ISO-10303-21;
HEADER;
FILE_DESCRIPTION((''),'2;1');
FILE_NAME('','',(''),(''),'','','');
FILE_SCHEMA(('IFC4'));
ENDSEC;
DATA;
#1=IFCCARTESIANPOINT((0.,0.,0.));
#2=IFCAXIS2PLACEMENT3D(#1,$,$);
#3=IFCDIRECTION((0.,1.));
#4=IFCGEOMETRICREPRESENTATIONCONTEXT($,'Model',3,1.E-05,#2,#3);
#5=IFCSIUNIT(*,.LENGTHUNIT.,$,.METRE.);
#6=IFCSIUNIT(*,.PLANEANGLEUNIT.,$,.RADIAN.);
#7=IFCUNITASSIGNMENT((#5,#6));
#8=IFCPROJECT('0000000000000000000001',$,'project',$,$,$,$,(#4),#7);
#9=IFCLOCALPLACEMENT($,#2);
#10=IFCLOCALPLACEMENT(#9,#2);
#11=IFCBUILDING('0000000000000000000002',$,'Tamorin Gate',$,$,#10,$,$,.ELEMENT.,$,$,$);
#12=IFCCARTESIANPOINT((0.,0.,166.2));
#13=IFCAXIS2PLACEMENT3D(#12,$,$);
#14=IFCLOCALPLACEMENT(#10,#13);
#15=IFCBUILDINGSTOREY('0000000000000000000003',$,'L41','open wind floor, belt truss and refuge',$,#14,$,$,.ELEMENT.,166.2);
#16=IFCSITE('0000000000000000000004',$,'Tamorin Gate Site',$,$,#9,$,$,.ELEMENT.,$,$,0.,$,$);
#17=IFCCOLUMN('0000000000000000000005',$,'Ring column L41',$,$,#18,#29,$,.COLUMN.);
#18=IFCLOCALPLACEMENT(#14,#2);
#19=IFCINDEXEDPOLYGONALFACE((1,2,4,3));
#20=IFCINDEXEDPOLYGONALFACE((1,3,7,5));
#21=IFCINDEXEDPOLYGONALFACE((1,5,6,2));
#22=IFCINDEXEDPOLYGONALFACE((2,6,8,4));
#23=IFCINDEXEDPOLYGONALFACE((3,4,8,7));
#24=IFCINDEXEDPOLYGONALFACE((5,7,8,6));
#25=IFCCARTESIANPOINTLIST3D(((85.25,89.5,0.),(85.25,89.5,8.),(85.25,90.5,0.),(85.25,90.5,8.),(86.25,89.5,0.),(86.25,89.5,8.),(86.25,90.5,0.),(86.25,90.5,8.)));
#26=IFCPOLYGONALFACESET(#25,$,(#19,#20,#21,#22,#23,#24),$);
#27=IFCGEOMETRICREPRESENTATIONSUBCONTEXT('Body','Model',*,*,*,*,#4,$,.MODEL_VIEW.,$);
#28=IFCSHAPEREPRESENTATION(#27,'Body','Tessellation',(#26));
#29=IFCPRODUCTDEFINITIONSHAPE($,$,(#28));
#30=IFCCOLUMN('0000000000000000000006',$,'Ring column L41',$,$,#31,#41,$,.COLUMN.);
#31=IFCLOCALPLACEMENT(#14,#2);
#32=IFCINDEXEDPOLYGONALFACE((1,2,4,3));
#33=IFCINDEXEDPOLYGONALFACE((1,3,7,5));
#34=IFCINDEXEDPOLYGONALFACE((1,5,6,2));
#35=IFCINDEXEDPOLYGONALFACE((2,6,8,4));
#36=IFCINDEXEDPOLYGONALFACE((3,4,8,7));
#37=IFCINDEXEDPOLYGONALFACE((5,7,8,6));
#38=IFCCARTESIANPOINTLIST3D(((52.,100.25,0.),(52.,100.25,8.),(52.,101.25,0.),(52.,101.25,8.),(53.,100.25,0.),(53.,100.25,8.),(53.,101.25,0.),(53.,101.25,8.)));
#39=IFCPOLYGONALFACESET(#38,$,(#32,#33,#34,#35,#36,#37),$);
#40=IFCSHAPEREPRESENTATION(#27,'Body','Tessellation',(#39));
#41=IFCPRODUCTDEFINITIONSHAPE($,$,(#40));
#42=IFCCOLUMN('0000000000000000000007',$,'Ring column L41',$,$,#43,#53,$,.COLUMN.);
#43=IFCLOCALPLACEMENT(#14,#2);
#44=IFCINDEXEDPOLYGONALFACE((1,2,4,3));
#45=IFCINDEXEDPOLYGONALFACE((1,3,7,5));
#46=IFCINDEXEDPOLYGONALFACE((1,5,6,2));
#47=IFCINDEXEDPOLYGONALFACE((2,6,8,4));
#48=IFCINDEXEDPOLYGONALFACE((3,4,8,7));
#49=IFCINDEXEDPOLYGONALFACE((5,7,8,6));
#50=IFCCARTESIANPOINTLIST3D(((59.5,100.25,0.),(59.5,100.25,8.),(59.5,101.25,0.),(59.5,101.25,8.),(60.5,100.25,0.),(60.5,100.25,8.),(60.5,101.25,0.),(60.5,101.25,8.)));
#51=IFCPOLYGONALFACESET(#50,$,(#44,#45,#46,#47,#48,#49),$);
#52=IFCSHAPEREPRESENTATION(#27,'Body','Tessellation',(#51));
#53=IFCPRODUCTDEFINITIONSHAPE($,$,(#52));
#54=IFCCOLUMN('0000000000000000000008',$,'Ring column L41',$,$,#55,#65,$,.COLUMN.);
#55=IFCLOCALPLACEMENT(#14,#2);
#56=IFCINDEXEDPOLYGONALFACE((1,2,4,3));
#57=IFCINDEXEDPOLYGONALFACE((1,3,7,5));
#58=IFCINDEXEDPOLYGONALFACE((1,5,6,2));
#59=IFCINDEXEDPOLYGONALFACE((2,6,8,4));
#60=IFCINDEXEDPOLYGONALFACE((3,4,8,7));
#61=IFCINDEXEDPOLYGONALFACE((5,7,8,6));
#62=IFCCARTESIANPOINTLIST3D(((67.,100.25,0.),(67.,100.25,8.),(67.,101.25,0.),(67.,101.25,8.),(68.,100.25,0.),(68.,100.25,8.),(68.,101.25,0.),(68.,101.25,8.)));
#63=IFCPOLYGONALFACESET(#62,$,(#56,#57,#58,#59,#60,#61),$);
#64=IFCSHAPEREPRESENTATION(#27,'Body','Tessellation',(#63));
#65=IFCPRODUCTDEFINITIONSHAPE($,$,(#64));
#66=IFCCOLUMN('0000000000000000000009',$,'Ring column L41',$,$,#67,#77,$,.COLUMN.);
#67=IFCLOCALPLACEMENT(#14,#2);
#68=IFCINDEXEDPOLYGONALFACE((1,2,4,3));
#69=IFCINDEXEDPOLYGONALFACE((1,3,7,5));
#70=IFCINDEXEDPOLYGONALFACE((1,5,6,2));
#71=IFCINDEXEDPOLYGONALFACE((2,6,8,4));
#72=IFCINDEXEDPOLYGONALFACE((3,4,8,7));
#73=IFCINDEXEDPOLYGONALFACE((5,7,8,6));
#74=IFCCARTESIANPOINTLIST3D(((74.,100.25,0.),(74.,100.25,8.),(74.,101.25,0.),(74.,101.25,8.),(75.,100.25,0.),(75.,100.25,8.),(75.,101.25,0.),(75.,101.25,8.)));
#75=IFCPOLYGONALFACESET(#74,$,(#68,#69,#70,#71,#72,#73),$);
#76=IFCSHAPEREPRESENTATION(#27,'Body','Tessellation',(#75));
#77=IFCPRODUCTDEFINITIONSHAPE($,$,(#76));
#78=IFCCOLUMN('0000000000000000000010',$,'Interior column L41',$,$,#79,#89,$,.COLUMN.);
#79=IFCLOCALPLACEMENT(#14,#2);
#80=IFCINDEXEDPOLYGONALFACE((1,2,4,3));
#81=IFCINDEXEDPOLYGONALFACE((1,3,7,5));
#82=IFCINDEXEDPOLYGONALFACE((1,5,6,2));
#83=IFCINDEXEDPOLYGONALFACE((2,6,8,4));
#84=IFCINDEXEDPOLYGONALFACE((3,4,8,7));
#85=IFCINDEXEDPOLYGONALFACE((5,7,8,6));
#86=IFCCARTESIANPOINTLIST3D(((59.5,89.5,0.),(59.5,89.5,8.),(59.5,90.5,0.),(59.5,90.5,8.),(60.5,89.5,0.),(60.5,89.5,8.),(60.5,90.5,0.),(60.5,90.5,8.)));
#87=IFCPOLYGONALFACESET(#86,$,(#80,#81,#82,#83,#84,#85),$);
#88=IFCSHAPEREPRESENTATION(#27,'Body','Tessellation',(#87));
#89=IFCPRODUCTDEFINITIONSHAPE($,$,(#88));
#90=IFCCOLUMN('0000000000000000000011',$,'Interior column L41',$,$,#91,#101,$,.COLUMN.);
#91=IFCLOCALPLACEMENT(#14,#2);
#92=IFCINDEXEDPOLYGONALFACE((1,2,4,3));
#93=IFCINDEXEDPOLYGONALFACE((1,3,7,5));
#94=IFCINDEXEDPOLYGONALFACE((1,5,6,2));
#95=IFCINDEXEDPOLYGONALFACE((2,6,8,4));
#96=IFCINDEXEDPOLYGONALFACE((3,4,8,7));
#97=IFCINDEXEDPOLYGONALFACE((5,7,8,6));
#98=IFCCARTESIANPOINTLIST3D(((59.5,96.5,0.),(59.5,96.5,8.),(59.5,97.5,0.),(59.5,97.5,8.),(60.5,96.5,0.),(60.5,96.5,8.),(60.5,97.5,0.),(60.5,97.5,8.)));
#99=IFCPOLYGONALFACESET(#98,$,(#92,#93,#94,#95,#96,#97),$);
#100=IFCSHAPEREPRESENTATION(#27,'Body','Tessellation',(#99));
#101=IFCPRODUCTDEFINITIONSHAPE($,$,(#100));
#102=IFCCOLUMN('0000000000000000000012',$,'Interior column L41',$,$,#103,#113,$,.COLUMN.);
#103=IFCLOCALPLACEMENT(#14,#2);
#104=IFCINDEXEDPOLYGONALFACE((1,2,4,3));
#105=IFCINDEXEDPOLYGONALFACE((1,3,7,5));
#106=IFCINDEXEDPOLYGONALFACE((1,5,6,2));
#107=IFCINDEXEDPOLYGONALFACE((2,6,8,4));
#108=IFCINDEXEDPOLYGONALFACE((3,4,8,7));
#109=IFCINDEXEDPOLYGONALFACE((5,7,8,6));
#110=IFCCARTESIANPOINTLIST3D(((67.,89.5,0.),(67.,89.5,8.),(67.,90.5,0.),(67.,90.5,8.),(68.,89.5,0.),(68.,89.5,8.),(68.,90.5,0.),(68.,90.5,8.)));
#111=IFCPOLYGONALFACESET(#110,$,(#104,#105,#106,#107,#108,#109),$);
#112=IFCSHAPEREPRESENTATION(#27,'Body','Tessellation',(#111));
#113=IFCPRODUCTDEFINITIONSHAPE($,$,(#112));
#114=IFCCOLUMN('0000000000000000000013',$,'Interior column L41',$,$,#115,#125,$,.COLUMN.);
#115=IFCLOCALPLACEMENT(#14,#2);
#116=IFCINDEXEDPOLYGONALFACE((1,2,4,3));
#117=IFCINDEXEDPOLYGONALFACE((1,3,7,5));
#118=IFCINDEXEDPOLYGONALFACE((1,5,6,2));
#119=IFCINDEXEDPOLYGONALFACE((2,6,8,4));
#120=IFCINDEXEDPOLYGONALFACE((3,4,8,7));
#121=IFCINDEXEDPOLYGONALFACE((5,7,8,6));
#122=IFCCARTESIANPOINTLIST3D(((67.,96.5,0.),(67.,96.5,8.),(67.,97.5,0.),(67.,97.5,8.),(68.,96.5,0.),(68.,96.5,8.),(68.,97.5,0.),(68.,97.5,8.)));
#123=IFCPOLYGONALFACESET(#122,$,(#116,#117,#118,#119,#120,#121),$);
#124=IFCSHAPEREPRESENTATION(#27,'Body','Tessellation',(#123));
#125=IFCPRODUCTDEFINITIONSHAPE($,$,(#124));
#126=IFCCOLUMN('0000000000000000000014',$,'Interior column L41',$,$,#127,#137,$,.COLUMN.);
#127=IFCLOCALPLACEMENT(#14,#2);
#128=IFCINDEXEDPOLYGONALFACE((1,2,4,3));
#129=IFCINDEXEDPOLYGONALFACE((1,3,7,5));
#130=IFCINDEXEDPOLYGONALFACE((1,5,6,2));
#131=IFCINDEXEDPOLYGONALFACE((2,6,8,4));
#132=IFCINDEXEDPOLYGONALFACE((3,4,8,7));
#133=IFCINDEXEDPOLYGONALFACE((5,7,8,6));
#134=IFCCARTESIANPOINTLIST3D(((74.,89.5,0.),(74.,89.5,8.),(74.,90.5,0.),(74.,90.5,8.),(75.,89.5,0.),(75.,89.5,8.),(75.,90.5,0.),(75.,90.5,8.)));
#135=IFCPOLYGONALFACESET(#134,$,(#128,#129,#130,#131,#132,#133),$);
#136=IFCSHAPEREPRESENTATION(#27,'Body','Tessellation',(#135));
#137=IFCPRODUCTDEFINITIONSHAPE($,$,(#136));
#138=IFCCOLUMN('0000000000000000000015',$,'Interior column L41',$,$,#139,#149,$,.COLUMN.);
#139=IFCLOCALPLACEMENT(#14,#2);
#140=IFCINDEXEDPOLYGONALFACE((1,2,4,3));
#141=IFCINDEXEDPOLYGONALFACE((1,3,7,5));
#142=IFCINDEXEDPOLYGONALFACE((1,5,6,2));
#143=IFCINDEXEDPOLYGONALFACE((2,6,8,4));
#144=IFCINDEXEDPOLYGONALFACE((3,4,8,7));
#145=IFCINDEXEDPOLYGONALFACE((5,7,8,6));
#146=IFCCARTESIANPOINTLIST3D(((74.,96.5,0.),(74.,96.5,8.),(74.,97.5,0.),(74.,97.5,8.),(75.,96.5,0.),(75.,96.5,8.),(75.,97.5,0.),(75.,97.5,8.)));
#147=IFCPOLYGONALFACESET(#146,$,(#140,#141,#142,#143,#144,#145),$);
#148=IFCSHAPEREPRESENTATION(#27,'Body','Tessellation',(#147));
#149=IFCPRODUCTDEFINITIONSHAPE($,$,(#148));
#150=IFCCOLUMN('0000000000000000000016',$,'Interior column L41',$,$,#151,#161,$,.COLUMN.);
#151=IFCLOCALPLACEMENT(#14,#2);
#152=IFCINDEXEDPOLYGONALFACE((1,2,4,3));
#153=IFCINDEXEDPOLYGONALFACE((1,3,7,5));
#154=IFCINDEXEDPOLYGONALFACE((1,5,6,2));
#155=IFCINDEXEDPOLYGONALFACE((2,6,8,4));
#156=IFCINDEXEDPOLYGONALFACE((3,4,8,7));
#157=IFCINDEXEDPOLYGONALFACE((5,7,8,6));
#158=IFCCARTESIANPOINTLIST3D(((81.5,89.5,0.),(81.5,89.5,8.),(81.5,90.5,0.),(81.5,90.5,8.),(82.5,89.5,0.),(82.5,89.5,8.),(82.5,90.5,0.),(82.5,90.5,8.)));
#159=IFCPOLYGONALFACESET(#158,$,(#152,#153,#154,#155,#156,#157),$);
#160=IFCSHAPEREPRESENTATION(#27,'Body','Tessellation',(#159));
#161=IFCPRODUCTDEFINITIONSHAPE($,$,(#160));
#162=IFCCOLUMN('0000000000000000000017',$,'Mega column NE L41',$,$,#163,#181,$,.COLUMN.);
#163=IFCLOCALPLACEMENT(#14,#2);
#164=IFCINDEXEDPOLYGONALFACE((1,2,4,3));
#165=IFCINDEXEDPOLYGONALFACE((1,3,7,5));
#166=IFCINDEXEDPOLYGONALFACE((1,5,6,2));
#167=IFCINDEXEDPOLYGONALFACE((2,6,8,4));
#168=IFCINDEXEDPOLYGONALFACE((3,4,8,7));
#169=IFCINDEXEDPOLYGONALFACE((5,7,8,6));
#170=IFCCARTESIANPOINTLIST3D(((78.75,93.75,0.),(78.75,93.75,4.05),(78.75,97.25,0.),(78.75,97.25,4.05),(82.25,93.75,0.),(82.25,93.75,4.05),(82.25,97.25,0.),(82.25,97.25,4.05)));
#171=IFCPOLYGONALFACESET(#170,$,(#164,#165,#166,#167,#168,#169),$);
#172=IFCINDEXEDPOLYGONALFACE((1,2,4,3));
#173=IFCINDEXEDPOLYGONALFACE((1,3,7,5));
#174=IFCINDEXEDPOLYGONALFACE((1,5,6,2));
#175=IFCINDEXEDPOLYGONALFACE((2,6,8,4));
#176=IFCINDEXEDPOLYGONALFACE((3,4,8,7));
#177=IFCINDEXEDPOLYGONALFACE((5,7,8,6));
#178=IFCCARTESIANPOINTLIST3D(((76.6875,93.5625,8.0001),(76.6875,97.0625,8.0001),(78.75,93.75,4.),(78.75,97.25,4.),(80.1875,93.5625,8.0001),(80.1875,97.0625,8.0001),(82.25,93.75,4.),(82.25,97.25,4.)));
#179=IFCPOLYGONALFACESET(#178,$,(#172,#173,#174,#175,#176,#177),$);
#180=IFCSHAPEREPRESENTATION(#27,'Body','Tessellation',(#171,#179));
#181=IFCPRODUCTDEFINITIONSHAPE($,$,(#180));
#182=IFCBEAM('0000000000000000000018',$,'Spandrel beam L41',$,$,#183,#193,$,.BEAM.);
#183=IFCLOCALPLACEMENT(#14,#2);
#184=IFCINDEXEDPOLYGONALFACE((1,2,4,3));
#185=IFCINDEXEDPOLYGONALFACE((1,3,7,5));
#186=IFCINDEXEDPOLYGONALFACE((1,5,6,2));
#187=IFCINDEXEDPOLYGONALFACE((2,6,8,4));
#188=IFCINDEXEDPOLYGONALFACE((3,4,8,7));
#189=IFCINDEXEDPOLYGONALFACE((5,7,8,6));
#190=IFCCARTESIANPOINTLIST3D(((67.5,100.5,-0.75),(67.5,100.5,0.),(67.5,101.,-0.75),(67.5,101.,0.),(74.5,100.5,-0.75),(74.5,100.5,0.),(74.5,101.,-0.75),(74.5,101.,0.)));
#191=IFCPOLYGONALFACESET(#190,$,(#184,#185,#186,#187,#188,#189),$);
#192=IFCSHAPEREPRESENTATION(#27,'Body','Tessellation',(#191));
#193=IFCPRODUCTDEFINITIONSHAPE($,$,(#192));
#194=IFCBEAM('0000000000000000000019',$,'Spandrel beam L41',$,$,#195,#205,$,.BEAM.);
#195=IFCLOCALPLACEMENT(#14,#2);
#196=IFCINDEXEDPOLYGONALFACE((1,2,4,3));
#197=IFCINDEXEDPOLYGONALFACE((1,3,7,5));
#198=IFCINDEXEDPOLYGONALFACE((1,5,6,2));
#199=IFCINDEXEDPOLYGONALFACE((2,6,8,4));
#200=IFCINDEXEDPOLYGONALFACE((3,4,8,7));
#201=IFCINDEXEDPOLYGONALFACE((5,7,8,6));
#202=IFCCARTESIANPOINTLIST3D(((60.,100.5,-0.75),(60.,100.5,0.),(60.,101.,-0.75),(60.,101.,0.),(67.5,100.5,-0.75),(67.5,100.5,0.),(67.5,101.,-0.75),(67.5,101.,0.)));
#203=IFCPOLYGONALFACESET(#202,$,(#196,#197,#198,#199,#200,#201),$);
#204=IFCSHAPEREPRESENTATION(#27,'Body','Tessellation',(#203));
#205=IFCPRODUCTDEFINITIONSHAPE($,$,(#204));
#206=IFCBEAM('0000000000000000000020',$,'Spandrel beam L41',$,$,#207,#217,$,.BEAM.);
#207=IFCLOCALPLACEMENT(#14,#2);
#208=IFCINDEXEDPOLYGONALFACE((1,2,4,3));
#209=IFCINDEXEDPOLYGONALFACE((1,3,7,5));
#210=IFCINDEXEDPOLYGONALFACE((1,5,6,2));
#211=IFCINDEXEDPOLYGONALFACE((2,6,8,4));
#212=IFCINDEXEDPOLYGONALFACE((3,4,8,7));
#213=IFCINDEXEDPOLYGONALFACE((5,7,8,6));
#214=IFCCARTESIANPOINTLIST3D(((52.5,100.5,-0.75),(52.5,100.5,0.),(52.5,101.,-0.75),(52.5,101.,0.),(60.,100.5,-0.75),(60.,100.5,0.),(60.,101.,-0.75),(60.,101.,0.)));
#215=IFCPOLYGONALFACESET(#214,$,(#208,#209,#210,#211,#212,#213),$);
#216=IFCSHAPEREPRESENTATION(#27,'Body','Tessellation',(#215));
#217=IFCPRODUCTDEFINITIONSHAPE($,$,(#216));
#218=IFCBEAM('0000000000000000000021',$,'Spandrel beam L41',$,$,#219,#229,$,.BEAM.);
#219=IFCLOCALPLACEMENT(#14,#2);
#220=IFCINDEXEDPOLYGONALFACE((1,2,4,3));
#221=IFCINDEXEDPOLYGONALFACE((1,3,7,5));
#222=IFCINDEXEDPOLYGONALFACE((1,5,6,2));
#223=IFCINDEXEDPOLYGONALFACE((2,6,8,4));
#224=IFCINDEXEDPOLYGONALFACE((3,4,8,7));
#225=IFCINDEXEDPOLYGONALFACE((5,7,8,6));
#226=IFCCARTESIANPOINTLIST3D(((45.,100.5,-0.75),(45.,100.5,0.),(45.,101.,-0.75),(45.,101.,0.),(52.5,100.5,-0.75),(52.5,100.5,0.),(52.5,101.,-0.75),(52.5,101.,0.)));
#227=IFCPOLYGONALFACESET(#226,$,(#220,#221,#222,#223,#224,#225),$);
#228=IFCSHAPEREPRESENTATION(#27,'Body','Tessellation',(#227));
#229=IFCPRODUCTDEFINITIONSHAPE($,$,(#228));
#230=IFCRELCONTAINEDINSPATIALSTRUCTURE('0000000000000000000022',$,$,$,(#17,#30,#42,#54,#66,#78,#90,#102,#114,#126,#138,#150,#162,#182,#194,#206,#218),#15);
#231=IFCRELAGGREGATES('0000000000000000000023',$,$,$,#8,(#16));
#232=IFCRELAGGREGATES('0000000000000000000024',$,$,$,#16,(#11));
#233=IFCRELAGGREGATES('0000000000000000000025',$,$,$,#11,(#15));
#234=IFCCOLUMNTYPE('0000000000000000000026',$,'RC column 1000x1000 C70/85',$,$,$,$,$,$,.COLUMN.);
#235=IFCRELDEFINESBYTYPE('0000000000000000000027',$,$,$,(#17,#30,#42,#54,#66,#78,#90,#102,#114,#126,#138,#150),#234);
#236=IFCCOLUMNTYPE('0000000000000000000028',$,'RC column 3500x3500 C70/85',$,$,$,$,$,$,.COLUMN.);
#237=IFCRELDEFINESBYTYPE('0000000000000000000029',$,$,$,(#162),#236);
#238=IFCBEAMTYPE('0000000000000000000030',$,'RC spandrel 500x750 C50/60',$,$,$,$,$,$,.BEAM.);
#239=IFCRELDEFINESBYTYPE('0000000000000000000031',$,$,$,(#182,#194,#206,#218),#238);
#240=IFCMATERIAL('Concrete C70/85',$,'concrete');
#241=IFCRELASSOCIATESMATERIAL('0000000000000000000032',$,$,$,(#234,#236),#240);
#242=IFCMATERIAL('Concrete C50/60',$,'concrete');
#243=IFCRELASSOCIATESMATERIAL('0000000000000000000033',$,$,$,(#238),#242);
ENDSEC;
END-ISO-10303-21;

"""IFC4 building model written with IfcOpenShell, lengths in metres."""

from ifc_helpers import new_model, si_unit, direction, frame, origin, origin_2d, place, context, subcontext, project, spatial, rectangle, extrude, material, material_profile, profile_set, type_object, element, save


model = new_model("IFC4")

# Units and contexts
model_context = context("Model", 3, precision=1e-05, world=origin(), true_north=direction((0.0, 1.0)))
body_context = subcontext(model_context, "Body", "Model", "MODEL_VIEW")
ifc_project = project(units=[si_unit("LENGTHUNIT", "METRE"), si_unit("PLANEANGLEUNIT", "RADIAN")], contexts=[model_context])

# Site, building, storey
site_placement = place(None, origin())
site = spatial("IfcSite", under=ifc_project, at=site_placement, Name="Tamorin Gate Site", CompositionType="ELEMENT", RefElevation=0.0)
building_placement = place(site_placement, origin())
building = spatial("IfcBuilding", under=site, at=building_placement, Name="Tamorin Gate", CompositionType="ELEMENT")
storey_placement = place(building_placement, frame((0.0, 0.0, 166.2)))
storey = spatial("IfcBuildingStorey", under=building, at=storey_placement, Name="L41", Description="open wind floor, belt truss and refuge", CompositionType="ELEMENT", Elevation=166.2)

# Columns
ifc_material_1 = material(Name="Concrete C70/85", Category="concrete")
ifc_material_profile_1 = material_profile(ifc_material_1, rectangle(XDim=1.0, YDim=1.0, at=origin_2d()), Name="RC 1000x1000")
ifc_profile_set_1 = profile_set([ifc_material_profile_1], Name="Concrete C70/85")
column_type_1 = type_object("IfcColumnType", Name="RC column 1000x1000 C70/85", PredefinedType="COLUMN", material=ifc_profile_set_1)
for number, where, z_axis, x_axis, name in (
    (1, (85.75, 90.0, 0.0), (0.0, 0.0, 1.0), (1.0, 0.0, 0.0), "Ring column L41"),
    (2, (52.5, 100.75, 0.0), (0.0, 0.0, 1.0), (1.0, 0.0, 0.0), "Ring column L41"),
    (3, (60.0, 100.75, 0.0), (0.0, 0.0, 1.0), (1.0, 0.0, 0.0), "Ring column L41"),
    (4, (67.5, 100.75, 0.0), (0.0, 0.0, 1.0), (1.0, 0.0, 0.0), "Ring column L41"),
    (5, (74.5, 100.75, 0.0), (0.0, 0.0, 1.0), (1.0, 0.0, 0.0), "Ring column L41"),
    (6, (60.0, 90.0, 0.0), (0.0, 0.0, 1.0), (1.0, 0.0, 0.0), "Interior column L41"),
    (7, (60.0, 97.0, 0.0), (0.0, 0.0, 1.0), (1.0, 0.0, 0.0), "Interior column L41"),
    (8, (67.5, 90.0, 0.0), (0.0, 0.0, 1.0), (1.0, 0.0, 0.0), "Interior column L41"),
    (9, (67.5, 97.0, 0.0), (0.0, 0.0, 1.0), (1.0, 0.0, 0.0), "Interior column L41"),
    (10, (74.5, 90.0, 0.0), (0.0, 0.0, 1.0), (1.0, 0.0, 0.0), "Interior column L41"),
    (11, (74.5, 97.0, 0.0), (0.0, 0.0, 1.0), (1.0, 0.0, 0.0), "Interior column L41"),
    (12, (82.0, 90.0, 0.0), (0.0, 0.0, 1.0), (1.0, 0.0, 0.0), "Interior column L41"),
):
    element("IfcColumn", number, at=place(storey_placement, frame(where, z_axis=z_axis, x_axis=x_axis)), inside=storey, type_object=column_type_1, Name=name, PredefinedType="COLUMN", context=body_context, shape_type="SweptSolid", body=[
        extrude(rectangle(XDim=1.0, YDim=1.0, at=origin_2d()), origin(), (0.0, 0.0, 1.0), 8.0),
    ])
ifc_material_profile_2 = material_profile(ifc_material_1, rectangle(XDim=3.5, YDim=3.5, at=origin_2d()), Name="RC 3500x3500")
ifc_profile_set_2 = profile_set([ifc_material_profile_2], Name="Concrete C70/85")
column_type_2 = type_object("IfcColumnType", Name="RC column 3500x3500 C70/85", PredefinedType="COLUMN", material=ifc_profile_set_2)
column_placement = place(storey_placement, frame((80.5, 95.5, 0.0), z_axis=(0.0, 0.0, 1.0), x_axis=(-1.0, 0.0, 0.0)))
element("IfcColumn", 13, at=column_placement, inside=storey, type_object=column_type_2, Name="Mega column NE L41", PredefinedType="COLUMN", context=body_context, shape_type="SweptSolid", body=[
    extrude(rectangle(XDim=3.5, YDim=3.5, at=origin_2d()), origin(), (0.0, 0.0, 1.0), 4.05),
    extrude(rectangle(XDim=3.5, YDim=3.5, at=origin_2d()), frame((0.0, 0.0, 4.0)), (0.457892, 0.041627, 0.888033), 4.5044),
])

# Beams
ifc_material_2 = material(Name="Concrete C50/60", Category="concrete")
ifc_material_profile_3 = material_profile(ifc_material_2, rectangle(XDim=0.5, YDim=0.75, at=origin_2d()), Name="RC 500x750")
ifc_profile_set_3 = profile_set([ifc_material_profile_3], Name="Concrete C50/60")
beam_type = type_object("IfcBeamType", Name="RC spandrel 500x750 C50/60", PredefinedType="BEAM", material=ifc_profile_set_3)
beam_1_placement = place(storey_placement, frame((74.5, 100.75, -0.375), z_axis=(-1.0, 0.0, 0.0), x_axis=(0.0, -1.0, 0.0)))
element("IfcBeam", 14, at=beam_1_placement, inside=storey, type_object=beam_type, Name="Spandrel beam L41", PredefinedType="BEAM", context=body_context, shape_type="SweptSolid", body=[
    extrude(rectangle(XDim=0.5, YDim=0.75, at=origin_2d()), origin(), (0.0, 0.0, 1.0), 7.0),
])
for number, where, z_axis, x_axis, name in (
    (15, (67.5, 100.75, -0.375), (-1.0, 0.0, 0.0), (0.0, -1.0, 0.0), "Spandrel beam L41"),
    (16, (60.0, 100.75, -0.375), (-1.0, 0.0, 0.0), (0.0, -1.0, 0.0), "Spandrel beam L41"),
    (17, (52.5, 100.75, -0.375), (-1.0, 0.0, 0.0), (0.0, -1.0, 0.0), "Spandrel beam L41"),
):
    element("IfcBeam", number, at=place(storey_placement, frame(where, z_axis=z_axis, x_axis=x_axis)), inside=storey, type_object=beam_type, Name=name, PredefinedType="BEAM", context=body_context, shape_type="SweptSolid", body=[
        extrude(rectangle(XDim=0.5, YDim=0.75, at=origin_2d()), origin(), (0.0, 0.0, 1.0), 7.5),
    ])

save(model, "model.ifc")
